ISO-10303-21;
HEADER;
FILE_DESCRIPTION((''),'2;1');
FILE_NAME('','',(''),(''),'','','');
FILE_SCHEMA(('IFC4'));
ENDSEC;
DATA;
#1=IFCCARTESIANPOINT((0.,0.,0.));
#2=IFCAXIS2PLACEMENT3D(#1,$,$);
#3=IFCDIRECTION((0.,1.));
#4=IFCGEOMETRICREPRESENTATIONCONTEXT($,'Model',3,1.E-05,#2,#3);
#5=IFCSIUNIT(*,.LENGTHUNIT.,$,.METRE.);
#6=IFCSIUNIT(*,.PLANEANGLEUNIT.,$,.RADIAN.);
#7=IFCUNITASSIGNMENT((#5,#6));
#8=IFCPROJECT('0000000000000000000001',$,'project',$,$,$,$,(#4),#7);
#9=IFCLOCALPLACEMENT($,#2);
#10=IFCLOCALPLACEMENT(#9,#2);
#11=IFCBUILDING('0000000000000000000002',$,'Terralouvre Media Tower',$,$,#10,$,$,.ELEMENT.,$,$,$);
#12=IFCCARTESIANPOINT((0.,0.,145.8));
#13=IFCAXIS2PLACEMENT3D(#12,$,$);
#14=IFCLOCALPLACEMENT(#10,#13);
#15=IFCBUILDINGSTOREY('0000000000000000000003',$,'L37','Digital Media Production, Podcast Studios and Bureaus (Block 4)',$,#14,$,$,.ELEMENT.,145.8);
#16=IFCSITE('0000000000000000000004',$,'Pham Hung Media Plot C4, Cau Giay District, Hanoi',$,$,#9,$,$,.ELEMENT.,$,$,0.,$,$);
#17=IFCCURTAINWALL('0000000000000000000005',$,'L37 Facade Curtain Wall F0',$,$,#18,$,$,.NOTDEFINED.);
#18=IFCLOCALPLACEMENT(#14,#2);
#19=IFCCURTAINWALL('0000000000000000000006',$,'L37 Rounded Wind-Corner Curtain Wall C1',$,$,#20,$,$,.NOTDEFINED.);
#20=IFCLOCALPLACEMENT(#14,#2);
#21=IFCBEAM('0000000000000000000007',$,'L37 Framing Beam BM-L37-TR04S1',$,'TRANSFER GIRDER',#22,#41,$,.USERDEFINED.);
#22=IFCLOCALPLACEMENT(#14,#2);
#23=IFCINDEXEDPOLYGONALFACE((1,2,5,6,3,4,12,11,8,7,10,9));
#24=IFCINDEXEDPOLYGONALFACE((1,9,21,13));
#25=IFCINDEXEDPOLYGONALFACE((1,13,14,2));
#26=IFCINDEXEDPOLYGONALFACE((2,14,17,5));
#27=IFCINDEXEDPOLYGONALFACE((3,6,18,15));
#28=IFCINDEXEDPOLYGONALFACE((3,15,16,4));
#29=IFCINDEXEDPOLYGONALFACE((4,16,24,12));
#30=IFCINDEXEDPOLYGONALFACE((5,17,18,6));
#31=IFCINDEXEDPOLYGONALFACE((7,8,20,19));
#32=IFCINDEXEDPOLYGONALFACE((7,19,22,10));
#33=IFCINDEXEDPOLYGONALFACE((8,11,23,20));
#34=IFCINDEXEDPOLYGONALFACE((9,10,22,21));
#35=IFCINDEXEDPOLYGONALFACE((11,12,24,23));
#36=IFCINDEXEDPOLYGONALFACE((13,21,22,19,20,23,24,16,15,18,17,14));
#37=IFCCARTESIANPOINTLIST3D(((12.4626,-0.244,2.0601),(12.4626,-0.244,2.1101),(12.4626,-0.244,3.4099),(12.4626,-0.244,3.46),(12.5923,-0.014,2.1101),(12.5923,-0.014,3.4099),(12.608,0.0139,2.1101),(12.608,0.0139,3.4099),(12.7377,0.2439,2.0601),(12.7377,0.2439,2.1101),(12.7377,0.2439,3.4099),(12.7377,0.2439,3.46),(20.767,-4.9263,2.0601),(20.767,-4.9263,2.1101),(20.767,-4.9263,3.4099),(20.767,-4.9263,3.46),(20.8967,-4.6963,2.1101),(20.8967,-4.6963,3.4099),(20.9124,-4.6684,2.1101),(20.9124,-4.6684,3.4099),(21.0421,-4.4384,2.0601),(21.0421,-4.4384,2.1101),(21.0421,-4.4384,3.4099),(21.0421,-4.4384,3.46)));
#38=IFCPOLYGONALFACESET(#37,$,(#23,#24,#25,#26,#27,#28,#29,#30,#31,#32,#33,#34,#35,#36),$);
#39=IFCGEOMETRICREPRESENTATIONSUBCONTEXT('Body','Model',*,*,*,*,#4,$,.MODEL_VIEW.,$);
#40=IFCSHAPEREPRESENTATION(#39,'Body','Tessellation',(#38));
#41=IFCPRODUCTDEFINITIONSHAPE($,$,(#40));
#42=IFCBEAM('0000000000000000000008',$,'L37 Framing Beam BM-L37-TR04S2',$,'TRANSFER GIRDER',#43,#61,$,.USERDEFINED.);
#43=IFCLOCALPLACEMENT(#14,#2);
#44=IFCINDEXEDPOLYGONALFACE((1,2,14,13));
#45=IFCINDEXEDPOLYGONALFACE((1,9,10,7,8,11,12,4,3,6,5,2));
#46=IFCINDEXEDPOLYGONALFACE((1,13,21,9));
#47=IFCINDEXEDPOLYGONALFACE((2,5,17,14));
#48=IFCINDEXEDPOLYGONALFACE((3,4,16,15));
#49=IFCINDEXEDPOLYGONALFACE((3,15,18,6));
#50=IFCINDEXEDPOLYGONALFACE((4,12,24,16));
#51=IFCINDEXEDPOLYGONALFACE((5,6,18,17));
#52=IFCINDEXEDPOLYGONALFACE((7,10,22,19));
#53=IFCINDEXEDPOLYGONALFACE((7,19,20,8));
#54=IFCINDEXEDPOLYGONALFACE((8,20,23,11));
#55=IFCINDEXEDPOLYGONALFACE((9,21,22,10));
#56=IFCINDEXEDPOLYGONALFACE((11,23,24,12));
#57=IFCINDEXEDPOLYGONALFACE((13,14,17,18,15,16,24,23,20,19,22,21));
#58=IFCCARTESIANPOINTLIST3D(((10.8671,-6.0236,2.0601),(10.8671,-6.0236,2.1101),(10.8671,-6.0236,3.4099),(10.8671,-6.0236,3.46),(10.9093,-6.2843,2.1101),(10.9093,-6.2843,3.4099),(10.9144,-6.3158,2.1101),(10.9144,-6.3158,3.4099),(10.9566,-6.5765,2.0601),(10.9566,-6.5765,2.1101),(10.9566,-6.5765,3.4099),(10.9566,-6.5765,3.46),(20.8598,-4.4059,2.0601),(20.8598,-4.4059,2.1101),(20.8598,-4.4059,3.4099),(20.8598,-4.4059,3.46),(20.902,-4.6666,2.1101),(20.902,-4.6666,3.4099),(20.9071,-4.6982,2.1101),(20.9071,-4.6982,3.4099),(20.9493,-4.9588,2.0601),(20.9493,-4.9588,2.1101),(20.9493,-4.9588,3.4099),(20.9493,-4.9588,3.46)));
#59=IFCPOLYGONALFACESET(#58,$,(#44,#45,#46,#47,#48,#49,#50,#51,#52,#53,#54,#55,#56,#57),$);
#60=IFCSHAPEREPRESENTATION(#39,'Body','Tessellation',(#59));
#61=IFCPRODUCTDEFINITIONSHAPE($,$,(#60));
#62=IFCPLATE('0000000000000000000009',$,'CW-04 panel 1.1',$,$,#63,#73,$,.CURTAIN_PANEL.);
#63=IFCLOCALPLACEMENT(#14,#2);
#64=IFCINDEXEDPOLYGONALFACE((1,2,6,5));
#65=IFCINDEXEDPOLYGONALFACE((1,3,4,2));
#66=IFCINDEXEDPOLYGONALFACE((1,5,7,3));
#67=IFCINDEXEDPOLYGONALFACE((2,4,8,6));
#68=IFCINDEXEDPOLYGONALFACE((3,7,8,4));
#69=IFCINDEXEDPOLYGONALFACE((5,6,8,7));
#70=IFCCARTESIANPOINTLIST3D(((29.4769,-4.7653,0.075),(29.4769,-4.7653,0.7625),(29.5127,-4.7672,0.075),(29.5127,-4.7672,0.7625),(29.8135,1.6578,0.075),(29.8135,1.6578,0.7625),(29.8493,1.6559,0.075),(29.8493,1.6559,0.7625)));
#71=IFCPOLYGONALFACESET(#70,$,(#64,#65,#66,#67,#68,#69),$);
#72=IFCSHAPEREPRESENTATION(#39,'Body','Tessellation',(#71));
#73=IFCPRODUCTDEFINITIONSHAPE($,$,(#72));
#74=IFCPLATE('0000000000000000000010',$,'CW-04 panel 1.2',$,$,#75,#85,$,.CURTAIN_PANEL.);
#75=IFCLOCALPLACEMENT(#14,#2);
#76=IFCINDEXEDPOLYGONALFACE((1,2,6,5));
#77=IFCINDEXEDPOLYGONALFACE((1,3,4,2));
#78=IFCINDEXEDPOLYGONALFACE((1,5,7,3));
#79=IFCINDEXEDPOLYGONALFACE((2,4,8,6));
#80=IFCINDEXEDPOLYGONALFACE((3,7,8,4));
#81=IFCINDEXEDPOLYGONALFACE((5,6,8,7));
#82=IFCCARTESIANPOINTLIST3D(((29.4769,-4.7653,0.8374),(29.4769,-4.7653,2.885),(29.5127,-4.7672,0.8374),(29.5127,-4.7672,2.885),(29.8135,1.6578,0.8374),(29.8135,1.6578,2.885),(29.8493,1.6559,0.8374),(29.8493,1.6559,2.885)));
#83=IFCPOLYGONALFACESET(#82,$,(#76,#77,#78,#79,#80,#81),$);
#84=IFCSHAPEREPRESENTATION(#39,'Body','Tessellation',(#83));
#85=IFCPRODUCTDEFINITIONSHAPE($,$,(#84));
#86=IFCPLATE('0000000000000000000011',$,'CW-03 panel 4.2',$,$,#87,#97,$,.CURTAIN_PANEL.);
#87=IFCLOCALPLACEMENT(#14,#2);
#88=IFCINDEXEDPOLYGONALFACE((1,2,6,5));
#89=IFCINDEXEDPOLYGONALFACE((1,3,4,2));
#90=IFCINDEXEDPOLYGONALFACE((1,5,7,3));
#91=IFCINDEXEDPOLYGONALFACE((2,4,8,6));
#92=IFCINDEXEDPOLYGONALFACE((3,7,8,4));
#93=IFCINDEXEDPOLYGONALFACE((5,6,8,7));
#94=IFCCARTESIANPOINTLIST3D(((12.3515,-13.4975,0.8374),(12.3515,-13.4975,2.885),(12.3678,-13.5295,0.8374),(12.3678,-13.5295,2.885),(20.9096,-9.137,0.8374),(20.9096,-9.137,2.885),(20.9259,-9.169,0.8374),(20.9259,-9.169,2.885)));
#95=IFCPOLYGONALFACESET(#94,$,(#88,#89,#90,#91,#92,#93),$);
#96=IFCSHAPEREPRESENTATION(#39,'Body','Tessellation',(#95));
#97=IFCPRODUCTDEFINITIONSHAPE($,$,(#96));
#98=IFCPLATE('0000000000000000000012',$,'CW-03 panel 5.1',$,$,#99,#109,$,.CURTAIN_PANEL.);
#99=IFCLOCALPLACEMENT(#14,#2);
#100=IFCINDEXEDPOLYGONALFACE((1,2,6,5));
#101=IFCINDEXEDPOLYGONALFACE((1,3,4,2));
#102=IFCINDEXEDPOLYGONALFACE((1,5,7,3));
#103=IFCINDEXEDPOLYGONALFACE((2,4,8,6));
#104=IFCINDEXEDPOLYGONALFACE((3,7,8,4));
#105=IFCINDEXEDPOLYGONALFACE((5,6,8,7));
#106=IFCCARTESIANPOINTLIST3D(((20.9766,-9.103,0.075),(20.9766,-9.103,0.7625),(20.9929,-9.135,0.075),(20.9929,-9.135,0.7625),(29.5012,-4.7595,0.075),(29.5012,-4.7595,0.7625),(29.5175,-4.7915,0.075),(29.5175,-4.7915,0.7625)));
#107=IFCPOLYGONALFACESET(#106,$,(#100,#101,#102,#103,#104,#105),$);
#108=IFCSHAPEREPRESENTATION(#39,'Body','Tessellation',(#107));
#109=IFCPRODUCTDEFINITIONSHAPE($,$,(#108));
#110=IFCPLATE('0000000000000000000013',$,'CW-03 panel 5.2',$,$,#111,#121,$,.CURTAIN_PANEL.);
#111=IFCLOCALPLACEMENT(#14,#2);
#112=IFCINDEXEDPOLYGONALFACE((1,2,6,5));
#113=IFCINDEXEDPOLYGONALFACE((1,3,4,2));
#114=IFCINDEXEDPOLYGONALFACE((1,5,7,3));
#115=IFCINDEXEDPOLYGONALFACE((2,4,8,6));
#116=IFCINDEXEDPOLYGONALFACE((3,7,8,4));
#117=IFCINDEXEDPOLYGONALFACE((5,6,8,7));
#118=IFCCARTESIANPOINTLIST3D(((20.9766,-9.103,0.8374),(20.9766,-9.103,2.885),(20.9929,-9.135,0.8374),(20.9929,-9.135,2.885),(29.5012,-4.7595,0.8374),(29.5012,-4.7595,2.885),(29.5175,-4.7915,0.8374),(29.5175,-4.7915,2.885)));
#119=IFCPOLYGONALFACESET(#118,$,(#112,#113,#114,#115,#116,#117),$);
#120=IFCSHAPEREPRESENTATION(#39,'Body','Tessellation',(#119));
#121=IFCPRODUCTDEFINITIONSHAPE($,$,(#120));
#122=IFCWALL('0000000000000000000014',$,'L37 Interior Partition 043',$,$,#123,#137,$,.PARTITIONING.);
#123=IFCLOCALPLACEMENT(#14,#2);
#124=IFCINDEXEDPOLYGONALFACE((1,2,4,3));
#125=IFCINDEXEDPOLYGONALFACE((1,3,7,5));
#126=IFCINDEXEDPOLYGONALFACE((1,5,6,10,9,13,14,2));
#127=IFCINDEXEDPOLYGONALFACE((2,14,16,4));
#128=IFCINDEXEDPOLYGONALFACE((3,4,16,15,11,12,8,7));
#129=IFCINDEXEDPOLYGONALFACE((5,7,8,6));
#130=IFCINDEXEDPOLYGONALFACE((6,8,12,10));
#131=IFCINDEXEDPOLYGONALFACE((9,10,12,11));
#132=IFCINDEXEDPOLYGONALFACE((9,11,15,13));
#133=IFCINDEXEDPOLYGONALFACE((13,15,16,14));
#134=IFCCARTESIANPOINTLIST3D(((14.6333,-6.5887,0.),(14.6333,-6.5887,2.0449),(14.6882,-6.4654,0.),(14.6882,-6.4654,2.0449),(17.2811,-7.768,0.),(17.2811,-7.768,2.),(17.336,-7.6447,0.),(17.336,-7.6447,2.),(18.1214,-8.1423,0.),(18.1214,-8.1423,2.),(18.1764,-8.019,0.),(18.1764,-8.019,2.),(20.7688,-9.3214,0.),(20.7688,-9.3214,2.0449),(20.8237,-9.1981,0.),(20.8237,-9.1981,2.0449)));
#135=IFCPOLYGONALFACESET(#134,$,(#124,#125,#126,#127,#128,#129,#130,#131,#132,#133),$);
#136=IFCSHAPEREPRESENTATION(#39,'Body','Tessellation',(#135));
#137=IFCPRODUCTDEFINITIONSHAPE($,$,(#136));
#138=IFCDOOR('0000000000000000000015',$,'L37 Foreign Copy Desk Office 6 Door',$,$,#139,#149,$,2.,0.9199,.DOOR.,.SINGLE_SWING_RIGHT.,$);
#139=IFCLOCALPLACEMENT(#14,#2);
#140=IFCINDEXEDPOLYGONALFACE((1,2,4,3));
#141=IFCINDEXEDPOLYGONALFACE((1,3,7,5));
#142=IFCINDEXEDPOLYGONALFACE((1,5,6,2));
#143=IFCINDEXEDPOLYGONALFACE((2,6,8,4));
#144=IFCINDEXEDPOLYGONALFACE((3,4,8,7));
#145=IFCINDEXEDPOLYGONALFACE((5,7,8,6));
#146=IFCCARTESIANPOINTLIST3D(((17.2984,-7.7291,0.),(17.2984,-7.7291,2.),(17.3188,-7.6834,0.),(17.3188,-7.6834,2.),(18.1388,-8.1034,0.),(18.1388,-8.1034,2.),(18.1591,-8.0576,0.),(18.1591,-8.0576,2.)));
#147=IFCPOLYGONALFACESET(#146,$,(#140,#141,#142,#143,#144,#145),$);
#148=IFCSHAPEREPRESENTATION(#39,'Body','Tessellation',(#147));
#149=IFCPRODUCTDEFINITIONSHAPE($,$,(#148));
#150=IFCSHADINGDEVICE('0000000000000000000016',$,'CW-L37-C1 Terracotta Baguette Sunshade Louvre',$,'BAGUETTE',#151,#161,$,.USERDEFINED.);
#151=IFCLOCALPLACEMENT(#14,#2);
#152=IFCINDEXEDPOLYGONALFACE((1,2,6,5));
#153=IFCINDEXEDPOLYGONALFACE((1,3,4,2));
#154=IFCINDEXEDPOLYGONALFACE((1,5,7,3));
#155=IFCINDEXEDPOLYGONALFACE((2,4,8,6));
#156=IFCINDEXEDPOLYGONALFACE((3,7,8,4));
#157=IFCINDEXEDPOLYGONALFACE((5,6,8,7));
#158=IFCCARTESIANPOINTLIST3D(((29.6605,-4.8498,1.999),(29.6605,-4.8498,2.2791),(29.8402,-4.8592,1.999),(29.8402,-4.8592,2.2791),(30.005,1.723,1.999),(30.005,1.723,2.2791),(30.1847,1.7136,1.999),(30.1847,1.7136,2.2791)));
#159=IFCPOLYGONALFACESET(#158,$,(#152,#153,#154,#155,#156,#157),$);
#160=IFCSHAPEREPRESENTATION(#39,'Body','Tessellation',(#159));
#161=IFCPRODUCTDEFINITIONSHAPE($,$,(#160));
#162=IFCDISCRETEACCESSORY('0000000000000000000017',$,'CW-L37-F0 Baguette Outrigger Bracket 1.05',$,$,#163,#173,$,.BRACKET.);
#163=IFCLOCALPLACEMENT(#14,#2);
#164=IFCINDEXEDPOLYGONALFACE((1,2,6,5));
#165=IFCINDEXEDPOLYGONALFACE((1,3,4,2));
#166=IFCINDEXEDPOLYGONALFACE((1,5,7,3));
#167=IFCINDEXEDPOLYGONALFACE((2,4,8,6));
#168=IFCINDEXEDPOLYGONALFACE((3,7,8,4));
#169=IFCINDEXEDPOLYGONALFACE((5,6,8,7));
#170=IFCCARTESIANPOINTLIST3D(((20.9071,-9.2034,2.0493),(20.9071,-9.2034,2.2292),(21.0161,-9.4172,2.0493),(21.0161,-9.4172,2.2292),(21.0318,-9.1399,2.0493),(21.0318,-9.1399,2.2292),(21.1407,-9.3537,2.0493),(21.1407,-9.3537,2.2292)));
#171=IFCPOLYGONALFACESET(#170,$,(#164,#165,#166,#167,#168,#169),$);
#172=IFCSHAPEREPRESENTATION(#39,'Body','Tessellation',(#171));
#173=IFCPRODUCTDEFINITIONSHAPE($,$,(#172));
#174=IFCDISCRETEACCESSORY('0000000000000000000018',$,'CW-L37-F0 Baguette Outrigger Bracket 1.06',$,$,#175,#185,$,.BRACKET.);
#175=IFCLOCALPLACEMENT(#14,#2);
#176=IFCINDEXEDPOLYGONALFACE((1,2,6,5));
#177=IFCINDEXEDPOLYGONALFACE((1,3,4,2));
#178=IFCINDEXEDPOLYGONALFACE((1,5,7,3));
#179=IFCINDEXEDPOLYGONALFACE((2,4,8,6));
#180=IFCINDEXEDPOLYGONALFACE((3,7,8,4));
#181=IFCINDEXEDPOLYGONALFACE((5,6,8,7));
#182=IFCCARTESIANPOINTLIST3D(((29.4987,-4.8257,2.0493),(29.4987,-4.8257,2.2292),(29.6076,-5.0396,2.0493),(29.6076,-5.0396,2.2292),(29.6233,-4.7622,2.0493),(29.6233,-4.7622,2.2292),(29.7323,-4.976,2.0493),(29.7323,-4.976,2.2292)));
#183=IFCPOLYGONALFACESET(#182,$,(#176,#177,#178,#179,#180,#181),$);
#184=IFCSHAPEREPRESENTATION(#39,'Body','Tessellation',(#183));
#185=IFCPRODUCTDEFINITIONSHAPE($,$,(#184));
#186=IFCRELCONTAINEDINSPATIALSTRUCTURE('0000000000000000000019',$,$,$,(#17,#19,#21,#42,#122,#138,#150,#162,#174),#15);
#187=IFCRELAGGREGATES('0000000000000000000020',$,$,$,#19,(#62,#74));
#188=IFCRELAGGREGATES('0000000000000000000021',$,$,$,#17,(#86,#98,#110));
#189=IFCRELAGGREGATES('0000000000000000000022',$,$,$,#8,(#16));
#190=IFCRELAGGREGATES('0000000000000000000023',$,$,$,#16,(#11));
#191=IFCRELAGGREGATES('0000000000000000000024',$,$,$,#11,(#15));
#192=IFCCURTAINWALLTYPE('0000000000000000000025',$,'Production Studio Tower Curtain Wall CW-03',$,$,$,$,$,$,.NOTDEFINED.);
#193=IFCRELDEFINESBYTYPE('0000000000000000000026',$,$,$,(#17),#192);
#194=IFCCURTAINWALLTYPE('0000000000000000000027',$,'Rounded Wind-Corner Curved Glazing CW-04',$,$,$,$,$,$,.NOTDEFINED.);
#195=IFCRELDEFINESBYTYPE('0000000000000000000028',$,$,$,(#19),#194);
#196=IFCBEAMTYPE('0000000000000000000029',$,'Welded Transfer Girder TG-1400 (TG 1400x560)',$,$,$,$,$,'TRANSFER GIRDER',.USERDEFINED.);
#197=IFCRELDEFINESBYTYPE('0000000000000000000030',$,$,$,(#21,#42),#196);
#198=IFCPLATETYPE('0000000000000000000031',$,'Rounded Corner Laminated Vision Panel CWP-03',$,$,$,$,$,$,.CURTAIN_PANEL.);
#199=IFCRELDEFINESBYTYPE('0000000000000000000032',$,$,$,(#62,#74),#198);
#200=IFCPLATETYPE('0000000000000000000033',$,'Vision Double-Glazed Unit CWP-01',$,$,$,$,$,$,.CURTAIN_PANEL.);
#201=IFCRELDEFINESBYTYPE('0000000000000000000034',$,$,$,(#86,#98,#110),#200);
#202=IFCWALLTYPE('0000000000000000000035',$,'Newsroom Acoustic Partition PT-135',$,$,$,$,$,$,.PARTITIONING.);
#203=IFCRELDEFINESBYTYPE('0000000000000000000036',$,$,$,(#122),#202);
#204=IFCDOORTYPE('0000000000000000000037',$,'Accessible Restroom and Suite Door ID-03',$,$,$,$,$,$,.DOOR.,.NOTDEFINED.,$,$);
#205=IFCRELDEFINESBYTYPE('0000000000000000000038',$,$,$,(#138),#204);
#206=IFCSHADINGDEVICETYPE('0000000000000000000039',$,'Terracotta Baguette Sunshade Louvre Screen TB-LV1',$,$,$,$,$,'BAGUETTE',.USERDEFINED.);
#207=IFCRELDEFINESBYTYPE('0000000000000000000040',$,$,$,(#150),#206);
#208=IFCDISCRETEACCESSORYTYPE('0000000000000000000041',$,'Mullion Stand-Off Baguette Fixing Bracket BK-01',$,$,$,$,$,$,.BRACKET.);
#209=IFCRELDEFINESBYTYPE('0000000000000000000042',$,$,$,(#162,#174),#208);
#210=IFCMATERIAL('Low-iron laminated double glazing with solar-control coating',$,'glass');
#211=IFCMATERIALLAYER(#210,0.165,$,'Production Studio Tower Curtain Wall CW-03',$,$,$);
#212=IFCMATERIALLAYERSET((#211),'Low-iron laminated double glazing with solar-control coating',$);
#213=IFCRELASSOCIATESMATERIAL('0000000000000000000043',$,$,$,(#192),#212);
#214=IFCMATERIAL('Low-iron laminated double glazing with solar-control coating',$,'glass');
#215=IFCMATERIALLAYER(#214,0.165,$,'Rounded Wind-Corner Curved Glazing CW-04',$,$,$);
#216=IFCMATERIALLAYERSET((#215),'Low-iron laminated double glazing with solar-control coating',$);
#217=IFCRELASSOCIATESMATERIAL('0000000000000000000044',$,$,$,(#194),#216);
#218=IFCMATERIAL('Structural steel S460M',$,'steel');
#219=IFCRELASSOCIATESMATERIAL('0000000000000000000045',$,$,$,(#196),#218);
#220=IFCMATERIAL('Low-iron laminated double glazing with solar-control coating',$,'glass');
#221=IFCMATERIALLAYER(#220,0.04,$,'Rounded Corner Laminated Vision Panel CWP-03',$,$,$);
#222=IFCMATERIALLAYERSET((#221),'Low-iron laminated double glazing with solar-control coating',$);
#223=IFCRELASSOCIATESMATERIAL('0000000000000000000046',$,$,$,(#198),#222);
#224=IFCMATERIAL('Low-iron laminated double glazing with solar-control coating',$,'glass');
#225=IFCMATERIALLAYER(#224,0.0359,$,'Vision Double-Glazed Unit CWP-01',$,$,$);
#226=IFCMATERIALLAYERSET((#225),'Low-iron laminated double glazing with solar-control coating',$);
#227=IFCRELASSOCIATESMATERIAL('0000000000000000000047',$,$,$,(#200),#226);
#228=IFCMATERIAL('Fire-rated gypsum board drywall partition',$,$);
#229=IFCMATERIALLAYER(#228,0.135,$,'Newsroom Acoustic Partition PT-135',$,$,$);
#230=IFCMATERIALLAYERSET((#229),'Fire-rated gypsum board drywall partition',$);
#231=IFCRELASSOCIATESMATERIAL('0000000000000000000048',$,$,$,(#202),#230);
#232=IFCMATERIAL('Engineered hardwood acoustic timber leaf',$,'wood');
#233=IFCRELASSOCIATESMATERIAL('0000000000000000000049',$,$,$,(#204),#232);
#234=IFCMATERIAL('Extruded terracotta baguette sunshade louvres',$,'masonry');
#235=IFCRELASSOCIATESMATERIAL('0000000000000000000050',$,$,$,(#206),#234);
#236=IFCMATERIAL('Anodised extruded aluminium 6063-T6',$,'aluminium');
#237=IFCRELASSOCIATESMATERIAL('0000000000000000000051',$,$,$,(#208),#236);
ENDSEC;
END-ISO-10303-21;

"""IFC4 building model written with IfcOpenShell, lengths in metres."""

from ifc_helpers import new_model, si_unit, direction, frame, frame_2d, origin, origin_2d, place, context, subcontext, project, spatial, rectangle, i_section, extrude, material, layer, layer_set, material_profile, profile_set, type_object, element, fill, aggregate, save


model = new_model("IFC4")

# Units and contexts
model_context = context("Model", 3, precision=1e-05, world=origin(), true_north=direction((0.0, 1.0)))
body_context = subcontext(model_context, "Body", "Model", "MODEL_VIEW")
ifc_project = project(units=[si_unit("LENGTHUNIT", "METRE"), si_unit("PLANEANGLEUNIT", "RADIAN")], contexts=[model_context])

# Site, building, storey
site_placement = place(None, origin())
site = spatial("IfcSite", under=ifc_project, at=site_placement, Name="Pham Hung Media Plot C4, Cau Giay District, Hanoi", CompositionType="ELEMENT", RefElevation=0.0)
building_placement = place(site_placement, origin())
building = spatial("IfcBuilding", under=site, at=building_placement, Name="Terralouvre Media Tower", CompositionType="ELEMENT")
storey_placement = place(building_placement, frame((0.0, 0.0, 145.8)))
storey = spatial("IfcBuildingStorey", under=building, at=storey_placement, Name="L37", Description="Digital Media Production, Podcast Studios and Bureaus (Block 4)", CompositionType="ELEMENT", Elevation=145.8)

# Curtain walls
ifc_material_1 = material(Name="Low-iron laminated double glazing with solar-control coating", Category="glass")
ifc_layer_1 = layer(ifc_material_1, 0.165, Name="Production Studio Tower Curtain Wall CW-03")
ifc_layer_set_1 = layer_set([ifc_layer_1], Name="Low-iron laminated double glazing with solar-control coating")
curtain_wall_type_1 = type_object("IfcCurtainWallType", Name="Production Studio Tower Curtain Wall CW-03", PredefinedType="NOTDEFINED", material=ifc_layer_set_1)
curtain_wall_1_placement = place(storey_placement, origin())
curtain_wall_1 = element("IfcCurtainWall", 1, at=curtain_wall_1_placement, inside=storey, type_object=curtain_wall_type_1, Name="L37 Facade Curtain Wall F0", PredefinedType="NOTDEFINED")
ifc_material_2 = material(Name="Low-iron laminated double glazing with solar-control coating", Category="glass")
ifc_layer_2 = layer(ifc_material_2, 0.165, Name="Rounded Wind-Corner Curved Glazing CW-04")
ifc_layer_set_2 = layer_set([ifc_layer_2], Name="Low-iron laminated double glazing with solar-control coating")
curtain_wall_type_2 = type_object("IfcCurtainWallType", Name="Rounded Wind-Corner Curved Glazing CW-04", PredefinedType="NOTDEFINED", material=ifc_layer_set_2)
curtain_wall_2_placement = place(storey_placement, origin())
curtain_wall_2 = element("IfcCurtainWall", 2, at=curtain_wall_2_placement, inside=storey, type_object=curtain_wall_type_2, Name="L37 Rounded Wind-Corner Curtain Wall C1", PredefinedType="NOTDEFINED")

# Beams
ifc_material_3 = material(Name="Structural steel S460M", Category="steel")
ifc_material_profile_1 = material_profile(ifc_material_3, i_section(OverallWidth=0.5601, OverallDepth=1.3999, WebThickness=0.032, FlangeThickness=0.05, at=origin_2d()), Name="TG 1400x560")
ifc_profile_set_1 = profile_set([ifc_material_profile_1], Name="Structural steel S460M")
beam_type = type_object("IfcBeamType", Name="Welded Transfer Girder TG-1400 (TG 1400x560)", ElementType="TRANSFER GIRDER", PredefinedType="USERDEFINED", material=ifc_profile_set_1)
beam_1_placement = place(storey_placement, frame((20.9045, -4.6824, 2.76), z_axis=(-0.871077, 0.491147, 0.0), x_axis=(-0.491147, -0.871077, 0.0)))
element("IfcBeam", 3, at=beam_1_placement, inside=storey, type_object=beam_type, Name="L37 Framing Beam BM-L37-TR04S1", ObjectType="TRANSFER GIRDER", PredefinedType="USERDEFINED", context=body_context, shape_type="SweptSolid", body=[
    extrude(i_section(OverallWidth=0.5601, OverallDepth=1.3999, WebThickness=0.032, FlangeThickness=0.05, at=origin_2d()), origin(), (0.0, 0.0, 1.0), 9.5334),
])
beam_2_placement = place(storey_placement, frame((20.9045, -4.6824, 2.76), z_axis=(-0.987148, -0.159806, 0.0), x_axis=(0.159806, -0.987148, 0.0)))
element("IfcBeam", 4, at=beam_2_placement, inside=storey, type_object=beam_type, Name="L37 Framing Beam BM-L37-TR04S2", ObjectType="TRANSFER GIRDER", PredefinedType="USERDEFINED", context=body_context, shape_type="SweptSolid", body=[
    extrude(i_section(OverallWidth=0.5601, OverallDepth=1.3999, WebThickness=0.032, FlangeThickness=0.05, at=origin_2d()), origin(), (0.0, 0.0, 1.0), 10.1228),
])

# Plates
ifc_material_4 = material(Name="Low-iron laminated double glazing with solar-control coating", Category="glass")
ifc_layer_3 = layer(ifc_material_4, 0.04, Name="Rounded Corner Laminated Vision Panel CWP-03")
ifc_layer_set_3 = layer_set([ifc_layer_3], Name="Low-iron laminated double glazing with solar-control coating")
plate_type_1 = type_object("IfcPlateType", Name="Rounded Corner Laminated Vision Panel CWP-03", PredefinedType="CURTAIN_PANEL", material=ifc_layer_set_3)
plate_1_placement = place(storey_placement, frame((29.6631, -1.5547, 0.075), z_axis=(0.0, 0.0, 1.0), x_axis=(0.052337, 0.998629, 0.0)))
plate_1 = element("IfcPlate", 5, at=plate_1_placement, type_object=plate_type_1, Name="CW-04 panel 1.1", PredefinedType="CURTAIN_PANEL", context=body_context, shape_type="SweptSolid", body=[
    extrude(rectangle(XDim=6.4319, YDim=0.0359, at=origin_2d()), origin(), (0.0, 0.0, 1.0), 0.6875),
])
plate_2_placement = place(storey_placement, frame((29.6631, -1.5547, 0.8374), z_axis=(0.0, 0.0, 1.0), x_axis=(0.052337, 0.998629, 0.0)))
plate_2 = element("IfcPlate", 6, at=plate_2_placement, type_object=plate_type_1, Name="CW-04 panel 1.2", PredefinedType="CURTAIN_PANEL", context=body_context, shape_type="SweptSolid", body=[
    extrude(rectangle(XDim=6.4319, YDim=0.0359, at=origin_2d()), origin(), (0.0, 0.0, 1.0), 2.0476),
])
aggregate(curtain_wall_2, [plate_1, plate_2])
ifc_material_5 = material(Name="Low-iron laminated double glazing with solar-control coating", Category="glass")
ifc_layer_4 = layer(ifc_material_5, 0.0359, Name="Vision Double-Glazed Unit CWP-01")
ifc_layer_set_4 = layer_set([ifc_layer_4], Name="Low-iron laminated double glazing with solar-control coating")
plate_type_2 = type_object("IfcPlateType", Name="Vision Double-Glazed Unit CWP-01", PredefinedType="CURTAIN_PANEL", material=ifc_layer_set_4)
plate_3_placement = place(storey_placement, frame((16.6387, -11.3333, 0.8374), z_axis=(0.0, 0.0, 1.0), x_axis=(0.891007, 0.453991, 0.0)))
plate_3 = element("IfcPlate", 7, at=plate_3_placement, type_object=plate_type_2, Name="CW-03 panel 4.2", PredefinedType="CURTAIN_PANEL", context=body_context, shape_type="SweptSolid", body=[
    extrude(rectangle(XDim=9.605, YDim=0.0359, at=origin_2d()), origin(), (0.0, 0.0, 1.0), 2.0476),
])
plate_4_placement = place(storey_placement, frame((25.2471, -6.9473, 0.075), z_axis=(0.0, 0.0, 1.0), x_axis=(0.891007, 0.453991, 0.0)))
plate_4 = element("IfcPlate", 8, at=plate_4_placement, type_object=plate_type_2, Name="CW-03 panel 5.1", PredefinedType="CURTAIN_PANEL", context=body_context, shape_type="SweptSolid", body=[
    extrude(rectangle(XDim=9.5674, YDim=0.0359, at=origin_2d()), origin(), (0.0, 0.0, 1.0), 0.6875),
])
plate_5_placement = place(storey_placement, frame((25.2471, -6.9473, 0.8374), z_axis=(0.0, 0.0, 1.0), x_axis=(0.891007, 0.453991, 0.0)))
plate_5 = element("IfcPlate", 9, at=plate_5_placement, type_object=plate_type_2, Name="CW-03 panel 5.2", PredefinedType="CURTAIN_PANEL", context=body_context, shape_type="SweptSolid", body=[
    extrude(rectangle(XDim=9.5674, YDim=0.0359, at=origin_2d()), origin(), (0.0, 0.0, 1.0), 2.0476),
])
aggregate(curtain_wall_1, [plate_3, plate_4, plate_5])

# Wall, opening, door
ifc_material_6 = material(Name="Fire-rated gypsum board drywall partition")
ifc_layer_5 = layer(ifc_material_6, 0.135, Name="Newsroom Acoustic Partition PT-135")
ifc_layer_set_5 = layer_set([ifc_layer_5], Name="Fire-rated gypsum board drywall partition")
wall_type = type_object("IfcWallType", Name="Newsroom Acoustic Partition PT-135", PredefinedType="PARTITIONING", material=ifc_layer_set_5)
wall_placement = place(storey_placement, frame((20.7964, -9.2598, 0.0), z_axis=(0.0, 0.0, 1.0), x_axis=(-0.913492, 0.406857, 0.0)))
wall = element("IfcWall", 10, at=wall_placement, inside=storey, type_object=wall_type, Name="L37 Interior Partition 043", PredefinedType="PARTITIONING", context=body_context, shape_type="SweptSolid", body=[
    extrude(rectangle(XDim=6.7166, YDim=0.135, at=frame_2d((3.3584, 0.0))), origin(), (0.0, 0.0, 1.0), 2.0449),
])
opening_placement = place(wall_placement, frame((2.8982, 0.0, 0.0)))
opening = element("IfcOpeningElement", 11, at=opening_placement, cuts=wall, PredefinedType="OPENING", context=body_context, shape_type="SweptSolid", body=[
    extrude(rectangle(XDim=0.9199, YDim=2.0, at=frame_2d((0.46, 1.0))), frame((0.0, 0.0774, 0.0), z_axis=(0.0, -1.0, 0.0), x_axis=(1.0, 0.0, 0.0)), (0.0, 0.0, 1.0), 0.155),
])
ifc_material_7 = material(Name="Engineered hardwood acoustic timber leaf", Category="wood")
door_type = type_object("IfcDoorType", Name="Accessible Restroom and Suite Door ID-03", OperationType="NOTDEFINED", PredefinedType="DOOR", material=ifc_material_7)
door_placement = place(opening_placement, origin())
door = element("IfcDoor", 12, at=door_placement, inside=storey, type_object=door_type, Name="L37 Foreign Copy Desk Office 6 Door", OperationType="SINGLE_SWING_RIGHT", OverallHeight=2.0, OverallWidth=0.9199, PredefinedType="DOOR", context=body_context, shape_type="SweptSolid", body=[
    extrude(rectangle(XDim=0.9199, YDim=2.0, at=frame_2d((0.46, 1.0))), frame((0.0, 0.0249, 0.0), z_axis=(0.0, -1.0, 0.0), x_axis=(1.0, 0.0, 0.0)), (0.0, 0.0, 1.0), 0.05),
])
fill(opening, door)

# Shading device
ifc_material_8 = material(Name="Extruded terracotta baguette sunshade louvres", Category="masonry")
shading_device_type = type_object("IfcShadingDeviceType", Name="Terracotta Baguette Sunshade Louvre Screen TB-LV1", ElementType="BAGUETTE", PredefinedType="USERDEFINED", material=ifc_material_8)
shading_device_placement = place(storey_placement, frame((29.9226, -1.5681, 1.999), z_axis=(0.0, 0.0, 1.0), x_axis=(0.052337, 0.998629, 0.0)))
element("IfcShadingDevice", 13, at=shading_device_placement, inside=storey, type_object=shading_device_type, Name="CW-L37-C1 Terracotta Baguette Sunshade Louvre", ObjectType="BAGUETTE", PredefinedType="USERDEFINED", context=body_context, shape_type="SweptSolid", body=[
    extrude(rectangle(XDim=6.5818, YDim=0.1799, at=origin_2d()), origin(), (0.0, 0.0, 1.0), 0.28),
])

# Discrete accessories
ifc_material_9 = material(Name="Anodised extruded aluminium 6063-T6", Category="aluminium")
discrete_accessory_type = type_object("IfcDiscreteAccessoryType", Name="Mullion Stand-Off Baguette Fixing Bracket BK-01", PredefinedType="BRACKET", material=ifc_material_9)
for number, where, z_axis, x_axis, name in (
    (14, (21.0239, -9.2786, 2.0493), (0.0, 0.0, 1.0), (0.891007, 0.453991, 0.0), "CW-L37-F0 Baguette Outrigger Bracket 1.05"),
    (15, (29.6155, -4.9009, 2.0493), (0.0, 0.0, 1.0), (0.891007, 0.453991, 0.0), "CW-L37-F0 Baguette Outrigger Bracket 1.06"),
):
    element("IfcDiscreteAccessory", number, at=place(storey_placement, frame(where, z_axis=z_axis, x_axis=x_axis)), inside=storey, type_object=discrete_accessory_type, Name=name, PredefinedType="BRACKET", context=body_context, shape_type="SweptSolid", body=[
        extrude(rectangle(XDim=0.1399, YDim=0.24, at=origin_2d()), origin(), (0.0, 0.0, 1.0), 0.1799),
    ])

save(model, "model.ifc")
